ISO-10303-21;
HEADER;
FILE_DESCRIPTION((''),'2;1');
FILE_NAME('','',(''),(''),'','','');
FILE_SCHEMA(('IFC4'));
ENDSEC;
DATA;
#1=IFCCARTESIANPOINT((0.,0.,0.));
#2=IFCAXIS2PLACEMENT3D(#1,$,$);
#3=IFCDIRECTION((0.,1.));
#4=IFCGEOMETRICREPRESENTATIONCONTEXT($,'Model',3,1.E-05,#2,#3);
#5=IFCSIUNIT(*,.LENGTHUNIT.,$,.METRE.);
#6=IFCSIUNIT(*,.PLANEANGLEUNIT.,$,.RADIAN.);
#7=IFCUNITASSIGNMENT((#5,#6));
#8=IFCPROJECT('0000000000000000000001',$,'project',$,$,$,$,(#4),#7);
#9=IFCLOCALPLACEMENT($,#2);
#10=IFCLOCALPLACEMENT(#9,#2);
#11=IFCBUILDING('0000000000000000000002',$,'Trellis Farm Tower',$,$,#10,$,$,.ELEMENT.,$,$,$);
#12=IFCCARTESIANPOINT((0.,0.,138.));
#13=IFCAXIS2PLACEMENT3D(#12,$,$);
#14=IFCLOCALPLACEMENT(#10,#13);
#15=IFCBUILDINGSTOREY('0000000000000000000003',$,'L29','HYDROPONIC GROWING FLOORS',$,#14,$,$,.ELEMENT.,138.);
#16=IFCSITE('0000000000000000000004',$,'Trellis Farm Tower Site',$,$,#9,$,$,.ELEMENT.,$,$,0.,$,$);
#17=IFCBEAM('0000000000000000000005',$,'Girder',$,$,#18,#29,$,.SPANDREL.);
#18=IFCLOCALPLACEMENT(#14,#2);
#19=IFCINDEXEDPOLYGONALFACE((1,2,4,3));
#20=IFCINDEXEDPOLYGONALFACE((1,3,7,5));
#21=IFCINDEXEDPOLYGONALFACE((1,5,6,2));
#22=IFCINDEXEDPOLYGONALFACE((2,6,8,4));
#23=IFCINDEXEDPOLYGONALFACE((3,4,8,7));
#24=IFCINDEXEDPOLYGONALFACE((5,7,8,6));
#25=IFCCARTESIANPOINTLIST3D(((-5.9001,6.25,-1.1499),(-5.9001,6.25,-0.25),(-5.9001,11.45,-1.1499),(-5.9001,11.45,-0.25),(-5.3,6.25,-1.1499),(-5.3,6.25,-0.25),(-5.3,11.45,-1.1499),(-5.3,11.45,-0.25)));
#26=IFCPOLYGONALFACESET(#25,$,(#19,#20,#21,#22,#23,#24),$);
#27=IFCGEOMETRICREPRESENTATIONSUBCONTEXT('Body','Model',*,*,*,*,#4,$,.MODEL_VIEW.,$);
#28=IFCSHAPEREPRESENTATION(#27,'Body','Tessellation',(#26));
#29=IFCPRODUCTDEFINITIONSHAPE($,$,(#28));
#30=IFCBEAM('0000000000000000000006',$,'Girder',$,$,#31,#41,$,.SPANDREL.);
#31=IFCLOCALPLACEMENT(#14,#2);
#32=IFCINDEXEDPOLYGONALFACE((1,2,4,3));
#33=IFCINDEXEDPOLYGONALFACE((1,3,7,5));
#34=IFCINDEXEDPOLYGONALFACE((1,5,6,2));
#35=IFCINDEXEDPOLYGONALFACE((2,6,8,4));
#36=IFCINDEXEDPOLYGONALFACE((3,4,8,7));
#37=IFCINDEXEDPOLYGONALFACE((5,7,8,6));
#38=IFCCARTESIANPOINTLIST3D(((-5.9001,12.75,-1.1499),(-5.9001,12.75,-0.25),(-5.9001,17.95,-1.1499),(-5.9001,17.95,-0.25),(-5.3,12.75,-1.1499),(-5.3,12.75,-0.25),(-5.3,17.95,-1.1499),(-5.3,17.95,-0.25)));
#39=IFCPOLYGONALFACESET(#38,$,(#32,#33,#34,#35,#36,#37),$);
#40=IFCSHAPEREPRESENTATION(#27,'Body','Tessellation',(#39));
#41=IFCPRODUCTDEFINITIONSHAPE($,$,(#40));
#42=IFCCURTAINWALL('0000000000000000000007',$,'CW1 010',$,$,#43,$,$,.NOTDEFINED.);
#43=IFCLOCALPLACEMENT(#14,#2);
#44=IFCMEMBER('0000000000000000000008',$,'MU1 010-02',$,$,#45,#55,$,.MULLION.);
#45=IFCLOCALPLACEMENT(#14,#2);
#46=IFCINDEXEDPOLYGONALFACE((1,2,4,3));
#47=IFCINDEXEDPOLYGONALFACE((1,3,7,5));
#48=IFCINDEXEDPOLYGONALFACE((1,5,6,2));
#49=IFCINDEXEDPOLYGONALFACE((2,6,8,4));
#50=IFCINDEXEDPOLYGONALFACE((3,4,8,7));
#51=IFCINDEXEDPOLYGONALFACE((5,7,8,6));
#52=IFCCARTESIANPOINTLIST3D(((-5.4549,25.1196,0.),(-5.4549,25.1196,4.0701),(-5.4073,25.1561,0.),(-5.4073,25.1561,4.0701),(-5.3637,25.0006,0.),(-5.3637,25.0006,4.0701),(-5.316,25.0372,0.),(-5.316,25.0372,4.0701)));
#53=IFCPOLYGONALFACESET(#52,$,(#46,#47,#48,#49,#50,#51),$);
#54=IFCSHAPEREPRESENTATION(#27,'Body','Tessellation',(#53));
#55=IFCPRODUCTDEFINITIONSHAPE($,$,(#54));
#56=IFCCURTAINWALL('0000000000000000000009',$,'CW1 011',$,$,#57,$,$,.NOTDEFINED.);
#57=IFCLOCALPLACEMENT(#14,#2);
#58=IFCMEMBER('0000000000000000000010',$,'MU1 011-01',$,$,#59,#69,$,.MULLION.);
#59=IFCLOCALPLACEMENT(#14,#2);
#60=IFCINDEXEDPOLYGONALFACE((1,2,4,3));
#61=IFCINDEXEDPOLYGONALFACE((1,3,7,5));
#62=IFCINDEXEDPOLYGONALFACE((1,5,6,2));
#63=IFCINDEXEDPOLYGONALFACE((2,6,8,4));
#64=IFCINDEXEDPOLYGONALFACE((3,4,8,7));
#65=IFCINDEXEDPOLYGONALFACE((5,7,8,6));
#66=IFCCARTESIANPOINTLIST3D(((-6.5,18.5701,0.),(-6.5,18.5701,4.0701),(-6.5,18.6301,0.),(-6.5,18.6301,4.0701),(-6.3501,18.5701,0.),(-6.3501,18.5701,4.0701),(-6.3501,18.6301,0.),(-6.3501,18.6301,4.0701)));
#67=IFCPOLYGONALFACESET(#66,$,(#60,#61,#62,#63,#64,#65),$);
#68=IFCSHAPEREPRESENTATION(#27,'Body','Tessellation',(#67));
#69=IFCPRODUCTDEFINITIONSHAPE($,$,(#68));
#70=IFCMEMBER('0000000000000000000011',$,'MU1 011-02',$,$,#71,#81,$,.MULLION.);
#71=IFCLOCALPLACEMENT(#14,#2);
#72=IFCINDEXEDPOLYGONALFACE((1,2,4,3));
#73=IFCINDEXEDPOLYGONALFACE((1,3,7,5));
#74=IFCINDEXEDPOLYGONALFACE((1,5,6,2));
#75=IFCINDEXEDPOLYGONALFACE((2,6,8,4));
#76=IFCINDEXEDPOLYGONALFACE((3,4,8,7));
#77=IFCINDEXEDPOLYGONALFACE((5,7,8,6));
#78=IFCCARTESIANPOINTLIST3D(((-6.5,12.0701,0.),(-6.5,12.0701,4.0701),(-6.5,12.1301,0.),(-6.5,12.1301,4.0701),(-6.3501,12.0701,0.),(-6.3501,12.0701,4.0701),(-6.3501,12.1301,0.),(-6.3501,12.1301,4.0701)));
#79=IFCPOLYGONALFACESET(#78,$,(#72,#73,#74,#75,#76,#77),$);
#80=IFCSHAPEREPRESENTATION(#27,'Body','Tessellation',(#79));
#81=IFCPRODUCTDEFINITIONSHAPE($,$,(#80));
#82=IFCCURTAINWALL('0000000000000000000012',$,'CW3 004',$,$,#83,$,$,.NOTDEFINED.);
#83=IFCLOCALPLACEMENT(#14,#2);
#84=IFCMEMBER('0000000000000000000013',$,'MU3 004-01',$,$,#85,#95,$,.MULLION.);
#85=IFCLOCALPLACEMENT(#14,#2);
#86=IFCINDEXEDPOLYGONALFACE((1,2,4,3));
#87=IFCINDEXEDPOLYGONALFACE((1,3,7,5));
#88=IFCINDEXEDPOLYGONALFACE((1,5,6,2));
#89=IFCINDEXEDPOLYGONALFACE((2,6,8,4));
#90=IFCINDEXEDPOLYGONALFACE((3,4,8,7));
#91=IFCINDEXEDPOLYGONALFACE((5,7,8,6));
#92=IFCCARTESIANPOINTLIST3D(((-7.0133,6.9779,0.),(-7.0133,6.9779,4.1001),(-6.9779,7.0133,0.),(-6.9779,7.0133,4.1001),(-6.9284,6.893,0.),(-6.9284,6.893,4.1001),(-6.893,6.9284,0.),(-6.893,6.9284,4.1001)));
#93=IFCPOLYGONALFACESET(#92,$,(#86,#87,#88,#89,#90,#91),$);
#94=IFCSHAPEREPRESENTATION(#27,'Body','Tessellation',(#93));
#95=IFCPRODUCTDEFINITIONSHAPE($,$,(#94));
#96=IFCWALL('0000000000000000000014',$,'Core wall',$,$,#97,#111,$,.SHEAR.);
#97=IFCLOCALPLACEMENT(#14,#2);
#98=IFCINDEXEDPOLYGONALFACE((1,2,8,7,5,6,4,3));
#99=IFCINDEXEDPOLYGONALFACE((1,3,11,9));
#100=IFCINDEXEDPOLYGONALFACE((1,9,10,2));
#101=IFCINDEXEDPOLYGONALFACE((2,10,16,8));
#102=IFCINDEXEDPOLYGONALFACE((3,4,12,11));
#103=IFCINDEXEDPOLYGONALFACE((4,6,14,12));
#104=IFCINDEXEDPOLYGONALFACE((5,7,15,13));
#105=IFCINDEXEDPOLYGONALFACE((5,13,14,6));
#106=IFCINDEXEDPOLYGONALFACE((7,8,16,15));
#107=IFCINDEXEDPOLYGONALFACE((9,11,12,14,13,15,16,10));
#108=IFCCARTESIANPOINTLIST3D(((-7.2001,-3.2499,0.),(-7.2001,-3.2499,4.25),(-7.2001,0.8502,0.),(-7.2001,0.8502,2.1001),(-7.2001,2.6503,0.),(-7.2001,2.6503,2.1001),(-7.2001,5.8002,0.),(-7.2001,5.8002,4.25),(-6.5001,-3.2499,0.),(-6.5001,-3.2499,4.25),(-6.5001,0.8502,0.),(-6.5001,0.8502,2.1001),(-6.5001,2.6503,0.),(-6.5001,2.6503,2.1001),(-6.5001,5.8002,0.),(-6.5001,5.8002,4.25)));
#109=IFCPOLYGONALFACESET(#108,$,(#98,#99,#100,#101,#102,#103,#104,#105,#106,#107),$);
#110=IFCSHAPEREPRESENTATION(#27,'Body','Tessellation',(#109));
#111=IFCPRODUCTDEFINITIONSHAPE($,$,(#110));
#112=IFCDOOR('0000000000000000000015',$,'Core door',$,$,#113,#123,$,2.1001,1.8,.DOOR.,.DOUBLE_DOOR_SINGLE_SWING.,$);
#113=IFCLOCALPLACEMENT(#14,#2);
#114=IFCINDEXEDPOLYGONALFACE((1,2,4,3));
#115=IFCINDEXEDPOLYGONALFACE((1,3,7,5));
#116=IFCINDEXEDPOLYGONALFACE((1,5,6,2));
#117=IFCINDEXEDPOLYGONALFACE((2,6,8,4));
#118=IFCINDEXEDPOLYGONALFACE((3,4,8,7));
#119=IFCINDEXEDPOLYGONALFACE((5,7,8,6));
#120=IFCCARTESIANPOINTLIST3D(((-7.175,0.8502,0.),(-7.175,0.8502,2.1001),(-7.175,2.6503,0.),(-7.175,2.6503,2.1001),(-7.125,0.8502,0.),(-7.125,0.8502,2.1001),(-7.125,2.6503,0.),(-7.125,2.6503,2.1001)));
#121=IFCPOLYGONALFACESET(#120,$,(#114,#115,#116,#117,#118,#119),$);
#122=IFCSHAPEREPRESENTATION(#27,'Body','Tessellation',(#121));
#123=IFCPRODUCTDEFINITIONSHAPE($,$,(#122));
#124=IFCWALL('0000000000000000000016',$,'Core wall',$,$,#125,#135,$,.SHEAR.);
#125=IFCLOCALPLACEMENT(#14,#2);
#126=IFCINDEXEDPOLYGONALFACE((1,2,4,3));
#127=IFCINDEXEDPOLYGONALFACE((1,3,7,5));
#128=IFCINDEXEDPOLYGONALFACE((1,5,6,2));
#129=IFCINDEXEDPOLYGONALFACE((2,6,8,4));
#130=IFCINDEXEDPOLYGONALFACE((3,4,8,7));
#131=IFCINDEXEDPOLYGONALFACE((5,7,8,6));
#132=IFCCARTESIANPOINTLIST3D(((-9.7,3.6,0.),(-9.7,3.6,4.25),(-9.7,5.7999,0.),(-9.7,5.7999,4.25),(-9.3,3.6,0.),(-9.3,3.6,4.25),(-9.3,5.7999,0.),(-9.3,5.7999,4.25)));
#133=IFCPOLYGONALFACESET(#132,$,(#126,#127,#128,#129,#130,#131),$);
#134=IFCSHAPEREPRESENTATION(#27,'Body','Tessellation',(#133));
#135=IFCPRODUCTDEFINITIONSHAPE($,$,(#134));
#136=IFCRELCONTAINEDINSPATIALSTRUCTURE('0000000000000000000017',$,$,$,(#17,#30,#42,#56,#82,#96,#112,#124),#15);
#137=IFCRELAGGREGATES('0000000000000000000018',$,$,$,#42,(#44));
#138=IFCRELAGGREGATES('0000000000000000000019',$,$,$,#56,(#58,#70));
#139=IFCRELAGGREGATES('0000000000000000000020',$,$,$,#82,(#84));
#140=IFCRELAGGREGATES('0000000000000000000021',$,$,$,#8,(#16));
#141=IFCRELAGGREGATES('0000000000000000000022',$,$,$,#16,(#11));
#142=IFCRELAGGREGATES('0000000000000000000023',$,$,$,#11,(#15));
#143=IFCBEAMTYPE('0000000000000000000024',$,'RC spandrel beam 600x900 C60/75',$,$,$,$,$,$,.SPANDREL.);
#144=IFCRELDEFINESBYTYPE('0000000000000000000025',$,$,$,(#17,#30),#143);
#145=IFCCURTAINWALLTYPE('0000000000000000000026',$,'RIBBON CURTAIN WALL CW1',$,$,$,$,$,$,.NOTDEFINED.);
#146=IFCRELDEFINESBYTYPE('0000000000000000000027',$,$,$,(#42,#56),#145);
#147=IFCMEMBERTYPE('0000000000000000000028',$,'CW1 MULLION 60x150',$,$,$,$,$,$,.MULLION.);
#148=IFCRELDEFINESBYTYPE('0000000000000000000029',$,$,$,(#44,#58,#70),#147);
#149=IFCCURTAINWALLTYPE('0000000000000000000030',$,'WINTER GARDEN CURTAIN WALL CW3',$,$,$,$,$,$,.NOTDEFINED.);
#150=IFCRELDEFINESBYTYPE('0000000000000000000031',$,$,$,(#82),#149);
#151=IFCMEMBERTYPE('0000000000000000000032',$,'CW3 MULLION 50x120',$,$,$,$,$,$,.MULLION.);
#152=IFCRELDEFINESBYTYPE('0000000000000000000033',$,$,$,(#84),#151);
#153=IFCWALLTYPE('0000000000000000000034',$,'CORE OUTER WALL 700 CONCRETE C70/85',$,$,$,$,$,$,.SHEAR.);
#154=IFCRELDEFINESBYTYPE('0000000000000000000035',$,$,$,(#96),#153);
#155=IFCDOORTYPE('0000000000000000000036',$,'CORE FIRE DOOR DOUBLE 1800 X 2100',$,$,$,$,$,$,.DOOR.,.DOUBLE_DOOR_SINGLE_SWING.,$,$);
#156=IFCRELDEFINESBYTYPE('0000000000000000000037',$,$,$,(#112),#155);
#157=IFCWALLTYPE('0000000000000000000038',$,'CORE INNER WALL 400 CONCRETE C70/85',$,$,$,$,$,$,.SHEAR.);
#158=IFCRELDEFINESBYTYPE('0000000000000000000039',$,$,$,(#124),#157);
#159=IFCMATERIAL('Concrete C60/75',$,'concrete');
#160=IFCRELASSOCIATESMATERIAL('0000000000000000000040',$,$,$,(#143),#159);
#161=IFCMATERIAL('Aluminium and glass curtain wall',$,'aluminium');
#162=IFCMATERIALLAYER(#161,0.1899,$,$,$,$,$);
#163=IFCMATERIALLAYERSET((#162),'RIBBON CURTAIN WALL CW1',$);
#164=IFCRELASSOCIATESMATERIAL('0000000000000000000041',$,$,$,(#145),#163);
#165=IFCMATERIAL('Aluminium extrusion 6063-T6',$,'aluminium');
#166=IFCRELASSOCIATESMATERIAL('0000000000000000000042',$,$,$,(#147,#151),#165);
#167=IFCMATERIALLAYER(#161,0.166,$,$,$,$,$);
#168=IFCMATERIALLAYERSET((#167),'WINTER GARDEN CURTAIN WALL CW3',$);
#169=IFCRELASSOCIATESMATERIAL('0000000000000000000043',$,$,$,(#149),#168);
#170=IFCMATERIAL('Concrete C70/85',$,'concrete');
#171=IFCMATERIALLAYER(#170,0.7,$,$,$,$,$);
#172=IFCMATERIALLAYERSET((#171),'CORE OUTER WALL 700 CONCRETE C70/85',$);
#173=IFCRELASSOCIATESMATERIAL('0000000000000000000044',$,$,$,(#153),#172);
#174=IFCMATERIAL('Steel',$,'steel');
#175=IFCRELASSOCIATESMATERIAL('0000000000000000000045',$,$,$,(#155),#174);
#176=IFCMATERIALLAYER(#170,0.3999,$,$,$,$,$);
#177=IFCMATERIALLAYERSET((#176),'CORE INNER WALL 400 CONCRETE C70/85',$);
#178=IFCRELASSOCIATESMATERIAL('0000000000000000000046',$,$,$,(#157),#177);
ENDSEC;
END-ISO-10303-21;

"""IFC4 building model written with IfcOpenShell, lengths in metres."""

from ifc_helpers import new_model, si_unit, direction, frame, frame_2d, origin, origin_2d, place, context, subcontext, project, spatial, rectangle, extrude, source, transform, mapped, material, layer, layer_set, material_profile, profile_set, type_object, element, fill, aggregate, save


model = new_model("IFC4")

# Units and contexts
model_context = context("Model", 3, precision=1e-05, world=origin(), true_north=direction((0.0, 1.0)))
body_context = subcontext(model_context, "Body", "Model", "MODEL_VIEW")
ifc_project = project(units=[si_unit("LENGTHUNIT", "METRE"), si_unit("PLANEANGLEUNIT", "RADIAN")], contexts=[model_context])

# Site, building, storey
site_placement = place(None, origin())
site = spatial("IfcSite", under=ifc_project, at=site_placement, Name="Trellis Farm Tower Site", CompositionType="ELEMENT", RefElevation=0.0)
building_placement = place(site_placement, origin())
building = spatial("IfcBuilding", under=site, at=building_placement, Name="Trellis Farm Tower", CompositionType="ELEMENT")
storey_placement = place(building_placement, frame((0.0, 0.0, 138.0)))
storey = spatial("IfcBuildingStorey", under=building, at=storey_placement, Name="L29", Description="HYDROPONIC GROWING FLOORS", CompositionType="ELEMENT", Elevation=138.0)

# Beams
ifc_material_1 = material(Name="Concrete C60/75", Category="concrete")
ifc_material_profile_1 = material_profile(ifc_material_1, rectangle(XDim=0.6001, YDim=0.8999, at=origin_2d()), Name="RC spandrel beam 600x900 C60/75")
ifc_profile_set_1 = profile_set([ifc_material_profile_1], Name="Concrete C60/75")
beam_type_1 = type_object("IfcBeamType", Name="RC spandrel beam 600x900 C60/75", PredefinedType="SPANDREL", material=ifc_profile_set_1)
shared_shape_1 = source(origin(), body_context, "Body", "SweptSolid", [
    extrude(rectangle(XDim=0.6001, YDim=0.8999, at=origin_2d()), origin(), (0.0, 0.0, 1.0), 5.2),
])
for number, where, z_axis, x_axis, name in (
    (1, (-5.6001, 6.25, -0.7), (0.0, 1.0, 0.0), (-1.0, 0.0, 0.0), "Girder"),
    (2, (-5.6001, 12.75, -0.7), (0.0, 1.0, 0.0), (-1.0, 0.0, 0.0), "Girder"),
):
    element("IfcBeam", number, at=place(storey_placement, frame(where, z_axis=z_axis, x_axis=x_axis)), inside=storey, type_object=beam_type_1, Name=name, PredefinedType="SPANDREL", context=body_context, shape_type="MappedRepresentation", body=[
        mapped(shared_shape_1, transform((0.0, 0.0, 0.0))),
    ])

# Curtain wall, member
ifc_material_2 = material(Name="Aluminium and glass curtain wall", Category="aluminium")
ifc_layer_1 = layer(ifc_material_2, 0.1899)
ifc_layer_set_1 = layer_set([ifc_layer_1], Name="RIBBON CURTAIN WALL CW1")
curtain_wall_type_1 = type_object("IfcCurtainWallType", Name="RIBBON CURTAIN WALL CW1", PredefinedType="NOTDEFINED", material=ifc_layer_set_1)
placement = place(storey_placement, origin())
curtain_wall_1 = element("IfcCurtainWall", 3, at=placement, inside=storey, type_object=curtain_wall_type_1, Name="CW1 010", PredefinedType="NOTDEFINED")
ifc_material_3 = material(Name="Aluminium extrusion 6063-T6", Category="aluminium")
ifc_material_profile_2 = material_profile(ifc_material_3, rectangle(XDim=0.0601, YDim=0.1499, at=origin_2d()), Name="MULLION 60x150")
ifc_profile_set_2 = profile_set([ifc_material_profile_2], Name="Aluminium extrusion 6063-T6")
member_type_1 = type_object("IfcMemberType", Name="CW1 MULLION 60x150", PredefinedType="MULLION", material=ifc_profile_set_2)
shared_shape_2 = source(origin(), body_context, "Body", "SweptSolid", [
    extrude(rectangle(XDim=0.0601, YDim=0.1499, at=origin_2d()), origin(), (0.0, 0.0, 1.0), 4.0701),
])
member_1_placement = place(storey_placement, frame((-5.3855, 25.0784, 0.0), z_axis=(0.0, 0.0, 1.0), x_axis=(-0.793353, -0.608761, 0.0)))
member_1 = element("IfcMember", 4, at=member_1_placement, type_object=member_type_1, Name="MU1 010-02", PredefinedType="MULLION", context=body_context, shape_type="MappedRepresentation", body=[
    mapped(shared_shape_2, transform((0.0, 0.0, 0.0))),
])
aggregate(curtain_wall_1, [member_1])

# Curtain wall, members
curtain_wall_2 = element("IfcCurtainWall", 5, at=placement, inside=storey, type_object=curtain_wall_type_1, Name="CW1 011", PredefinedType="NOTDEFINED")
member_2_placement = place(storey_placement, frame((-6.425, 18.6001, 0.0), z_axis=(0.0, 0.0, 1.0), x_axis=(0.0, -1.0, 0.0)))
member_2 = element("IfcMember", 6, at=member_2_placement, type_object=member_type_1, Name="MU1 011-01", PredefinedType="MULLION", context=body_context, shape_type="MappedRepresentation", body=[
    mapped(shared_shape_2, transform((0.0, 0.0, 0.0))),
])
member_3_placement = place(storey_placement, frame((-6.425, 12.1001, 0.0), z_axis=(0.0, 0.0, 1.0), x_axis=(0.0, -1.0, 0.0)))
member_3 = element("IfcMember", 7, at=member_3_placement, type_object=member_type_1, Name="MU1 011-02", PredefinedType="MULLION", context=body_context, shape_type="MappedRepresentation", body=[
    mapped(shared_shape_2, transform((0.0, 0.0, 0.0))),
])
aggregate(curtain_wall_2, [member_2, member_3])

# Curtain wall, member
ifc_layer_2 = layer(ifc_material_2, 0.166)
ifc_layer_set_2 = layer_set([ifc_layer_2], Name="WINTER GARDEN CURTAIN WALL CW3")
curtain_wall_type_2 = type_object("IfcCurtainWallType", Name="WINTER GARDEN CURTAIN WALL CW3", PredefinedType="NOTDEFINED", material=ifc_layer_set_2)
curtain_wall_3 = element("IfcCurtainWall", 8, at=placement, inside=storey, type_object=curtain_wall_type_2, Name="CW3 004", PredefinedType="NOTDEFINED")
ifc_material_profile_3 = material_profile(ifc_material_3, rectangle(XDim=0.05, YDim=0.1201, at=origin_2d()), Name="MULLION 50x120")
ifc_profile_set_3 = profile_set([ifc_material_profile_3], Name="Aluminium extrusion 6063-T6")
member_type_2 = type_object("IfcMemberType", Name="CW3 MULLION 50x120", PredefinedType="MULLION", material=ifc_profile_set_3)
shared_shape_3 = source(origin(), body_context, "Body", "SweptSolid", [
    extrude(rectangle(XDim=0.05, YDim=0.1201, at=origin_2d()), origin(), (0.0, 0.0, 1.0), 4.1001),
])
member_4_placement = place(storey_placement, frame((-6.9531, 6.9531, 0.0), z_axis=(0.0, 0.0, 1.0), x_axis=(-0.707107, -0.707107, 0.0)))
member_4 = element("IfcMember", 9, at=member_4_placement, type_object=member_type_2, Name="MU3 004-01", PredefinedType="MULLION", context=body_context, shape_type="MappedRepresentation", body=[
    mapped(shared_shape_3, transform((0.0, 0.0, 0.0))),
])
aggregate(curtain_wall_3, [member_4])

# Wall, opening, door
ifc_material_4 = material(Name="Concrete C70/85", Category="concrete")
ifc_layer_3 = layer(ifc_material_4, 0.7)
ifc_layer_set_3 = layer_set([ifc_layer_3], Name="CORE OUTER WALL 700 CONCRETE C70/85")
wall_type_1 = type_object("IfcWallType", Name="CORE OUTER WALL 700 CONCRETE C70/85", PredefinedType="SHEAR", material=ifc_layer_set_3)
shared_shape_4 = source(origin(), body_context, "Body", "SweptSolid", [
    extrude(rectangle(XDim=9.05, YDim=0.7, at=frame_2d((4.5249, 0.0))), origin(), (0.0, 0.0, 1.0), 4.25),
])
wall_1_placement = place(storey_placement, frame((-6.8501, 5.8, 0.0), z_axis=(0.0, 0.0, 1.0), x_axis=(0.0, -1.0, 0.0)))
wall_1 = element("IfcWall", 10, at=wall_1_placement, inside=storey, type_object=wall_type_1, Name="Core wall", PredefinedType="SHEAR", context=body_context, shape_type="MappedRepresentation", body=[
    mapped(shared_shape_4, transform((0.0, 0.0, 0.0))),
])
shared_shape_5 = source(origin(), body_context, "Body", "SweptSolid", [
    extrude(rectangle(XDim=1.8, YDim=2.1001, at=frame_2d((0.8999, 1.05))), frame((0.0, 0.3601, 0.0), z_axis=(0.0, -1.0, 0.0), x_axis=(1.0, 0.0, 0.0)), (0.0, 0.0, 1.0), 0.7202),
])
opening_1_placement = place(wall_1_placement, frame((3.1499, 0.0, 0.0)))
opening_1 = element("IfcOpeningElement", 11, at=opening_1_placement, cuts=wall_1, PredefinedType="OPENING", context=body_context, shape_type="MappedRepresentation", body=[
    mapped(shared_shape_5, transform((0.0, 0.0, 0.0))),
])
ifc_material_5 = material(Name="Steel", Category="steel")
door_type_1 = type_object("IfcDoorType", Name="CORE FIRE DOOR DOUBLE 1800 X 2100", OperationType="DOUBLE_DOOR_SINGLE_SWING", PredefinedType="DOOR", material=ifc_material_5)
shared_shape_6 = source(origin(), body_context, "Body", "SweptSolid", [
    extrude(rectangle(XDim=1.8, YDim=2.1001, at=frame_2d((0.8999, 1.05))), frame((0.0, -0.2749, 0.0), z_axis=(0.0, -1.0, 0.0), x_axis=(1.0, 0.0, 0.0)), (0.0, 0.0, 1.0), 0.05),
])
door_1_placement = place(opening_1_placement, origin())
door_1 = element("IfcDoor", 12, at=door_1_placement, inside=storey, type_object=door_type_1, Name="Core door", OperationType="DOUBLE_DOOR_SINGLE_SWING", OverallHeight=2.1001, OverallWidth=1.8, PredefinedType="DOOR", context=body_context, shape_type="MappedRepresentation", body=[
    mapped(shared_shape_6, transform((0.0, 0.0, 0.0))),
])
fill(opening_1, door_1)

# Wall
ifc_layer_4 = layer(ifc_material_4, 0.3999)
ifc_layer_set_4 = layer_set([ifc_layer_4], Name="CORE INNER WALL 400 CONCRETE C70/85")
wall_type_2 = type_object("IfcWallType", Name="CORE INNER WALL 400 CONCRETE C70/85", PredefinedType="SHEAR", material=ifc_layer_set_4)
shared_shape_7 = source(origin(), body_context, "Body", "SweptSolid", [
    extrude(rectangle(XDim=2.2, YDim=0.3999, at=frame_2d((1.1001, 0.0))), origin(), (0.0, 0.0, 1.0), 4.25),
])
wall_2_placement = place(storey_placement, frame((-9.5, 5.8, 0.0), z_axis=(0.0, 0.0, 1.0), x_axis=(0.0, -1.0, 0.0)))
element("IfcWall", 13, at=wall_2_placement, inside=storey, type_object=wall_type_2, Name="Core wall", PredefinedType="SHEAR", context=body_context, shape_type="MappedRepresentation", body=[
    mapped(shared_shape_7, transform((0.0, 0.0, 0.0))),
])

save(model, "model.ifc")
